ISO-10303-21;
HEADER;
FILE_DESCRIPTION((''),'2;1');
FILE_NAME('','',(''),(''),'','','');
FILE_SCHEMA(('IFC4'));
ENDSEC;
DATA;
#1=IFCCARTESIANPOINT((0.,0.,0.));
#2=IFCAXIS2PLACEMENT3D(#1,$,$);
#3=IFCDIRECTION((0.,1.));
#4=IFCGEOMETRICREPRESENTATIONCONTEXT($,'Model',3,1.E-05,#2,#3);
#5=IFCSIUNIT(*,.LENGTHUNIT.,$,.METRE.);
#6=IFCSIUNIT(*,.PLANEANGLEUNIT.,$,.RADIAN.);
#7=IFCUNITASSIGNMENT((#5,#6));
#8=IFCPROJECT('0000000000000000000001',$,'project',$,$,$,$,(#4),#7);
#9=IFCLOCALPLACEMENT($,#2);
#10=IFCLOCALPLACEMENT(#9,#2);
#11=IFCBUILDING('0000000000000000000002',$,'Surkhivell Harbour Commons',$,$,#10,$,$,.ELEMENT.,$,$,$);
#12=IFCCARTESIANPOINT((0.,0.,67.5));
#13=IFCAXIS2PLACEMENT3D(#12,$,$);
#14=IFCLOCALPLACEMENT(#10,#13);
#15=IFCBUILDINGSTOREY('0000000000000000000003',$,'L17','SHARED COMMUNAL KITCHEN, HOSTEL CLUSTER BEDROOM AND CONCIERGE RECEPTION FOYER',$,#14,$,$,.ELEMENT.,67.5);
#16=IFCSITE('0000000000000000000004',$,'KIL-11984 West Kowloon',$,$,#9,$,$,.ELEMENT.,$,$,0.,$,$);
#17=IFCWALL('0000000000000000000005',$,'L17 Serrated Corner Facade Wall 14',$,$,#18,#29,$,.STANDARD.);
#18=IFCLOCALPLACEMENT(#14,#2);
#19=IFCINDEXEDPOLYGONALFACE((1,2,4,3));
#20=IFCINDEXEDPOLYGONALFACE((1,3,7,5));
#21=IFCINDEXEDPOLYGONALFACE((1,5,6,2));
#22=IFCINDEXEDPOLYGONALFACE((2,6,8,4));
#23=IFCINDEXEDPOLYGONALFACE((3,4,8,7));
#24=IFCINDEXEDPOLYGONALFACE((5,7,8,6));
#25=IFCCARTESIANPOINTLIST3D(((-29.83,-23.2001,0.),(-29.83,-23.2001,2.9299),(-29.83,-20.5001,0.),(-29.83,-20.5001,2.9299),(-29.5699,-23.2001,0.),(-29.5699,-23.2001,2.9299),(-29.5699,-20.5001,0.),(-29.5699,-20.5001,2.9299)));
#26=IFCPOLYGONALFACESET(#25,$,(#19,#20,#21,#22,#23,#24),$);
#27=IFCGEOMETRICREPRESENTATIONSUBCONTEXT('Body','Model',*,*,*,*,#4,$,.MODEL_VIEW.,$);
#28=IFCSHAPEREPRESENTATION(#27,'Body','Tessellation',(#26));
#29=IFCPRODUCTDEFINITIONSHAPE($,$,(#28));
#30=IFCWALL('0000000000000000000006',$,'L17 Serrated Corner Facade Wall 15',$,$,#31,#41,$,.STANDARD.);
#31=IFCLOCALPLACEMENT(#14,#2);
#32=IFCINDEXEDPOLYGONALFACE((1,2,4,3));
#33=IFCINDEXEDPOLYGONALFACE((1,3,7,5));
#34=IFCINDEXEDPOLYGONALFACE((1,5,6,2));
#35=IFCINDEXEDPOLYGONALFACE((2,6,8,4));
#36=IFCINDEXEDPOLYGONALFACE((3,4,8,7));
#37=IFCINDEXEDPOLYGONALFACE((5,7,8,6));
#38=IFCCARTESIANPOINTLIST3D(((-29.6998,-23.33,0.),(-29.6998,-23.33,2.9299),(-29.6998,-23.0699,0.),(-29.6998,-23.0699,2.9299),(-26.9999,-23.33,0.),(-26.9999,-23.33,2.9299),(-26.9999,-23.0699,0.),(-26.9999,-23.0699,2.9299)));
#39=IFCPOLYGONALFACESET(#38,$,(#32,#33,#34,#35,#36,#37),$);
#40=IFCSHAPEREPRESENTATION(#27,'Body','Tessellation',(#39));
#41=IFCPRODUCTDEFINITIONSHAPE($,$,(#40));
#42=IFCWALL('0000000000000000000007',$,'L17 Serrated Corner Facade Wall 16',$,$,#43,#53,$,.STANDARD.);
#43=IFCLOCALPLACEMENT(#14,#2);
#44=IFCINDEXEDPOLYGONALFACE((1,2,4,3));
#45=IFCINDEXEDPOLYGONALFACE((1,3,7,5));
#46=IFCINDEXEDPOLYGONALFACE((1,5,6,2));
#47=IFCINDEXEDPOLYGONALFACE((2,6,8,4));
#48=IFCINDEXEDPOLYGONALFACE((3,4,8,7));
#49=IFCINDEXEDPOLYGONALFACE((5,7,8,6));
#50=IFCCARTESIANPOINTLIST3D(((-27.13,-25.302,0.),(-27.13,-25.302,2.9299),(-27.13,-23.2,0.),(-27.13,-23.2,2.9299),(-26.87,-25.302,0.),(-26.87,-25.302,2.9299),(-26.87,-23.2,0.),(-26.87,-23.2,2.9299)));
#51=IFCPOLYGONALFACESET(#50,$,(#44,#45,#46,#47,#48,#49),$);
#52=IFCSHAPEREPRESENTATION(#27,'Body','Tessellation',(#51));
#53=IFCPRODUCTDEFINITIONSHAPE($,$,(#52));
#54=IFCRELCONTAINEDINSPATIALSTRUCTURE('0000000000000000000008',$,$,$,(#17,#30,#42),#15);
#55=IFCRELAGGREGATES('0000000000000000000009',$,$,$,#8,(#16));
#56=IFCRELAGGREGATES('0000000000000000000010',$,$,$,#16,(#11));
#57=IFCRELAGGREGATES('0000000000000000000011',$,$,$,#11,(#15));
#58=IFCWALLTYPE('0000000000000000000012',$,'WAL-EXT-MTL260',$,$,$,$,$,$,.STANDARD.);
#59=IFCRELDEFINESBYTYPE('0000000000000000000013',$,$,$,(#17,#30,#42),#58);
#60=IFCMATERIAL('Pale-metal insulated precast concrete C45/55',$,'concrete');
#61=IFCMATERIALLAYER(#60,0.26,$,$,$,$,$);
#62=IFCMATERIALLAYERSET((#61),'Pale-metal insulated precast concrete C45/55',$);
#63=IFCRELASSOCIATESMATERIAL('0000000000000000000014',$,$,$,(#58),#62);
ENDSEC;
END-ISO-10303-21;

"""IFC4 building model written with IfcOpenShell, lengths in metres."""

from ifc_helpers import new_model, si_unit, direction, frame, frame_2d, origin, place, context, subcontext, project, spatial, rectangle, extrude, material, layer, layer_set, type_object, element, save


model = new_model("IFC4")

# Units and contexts
model_context = context("Model", 3, precision=1e-05, world=origin(), true_north=direction((0.0, 1.0)))
body_context = subcontext(model_context, "Body", "Model", "MODEL_VIEW")
ifc_project = project(units=[si_unit("LENGTHUNIT", "METRE"), si_unit("PLANEANGLEUNIT", "RADIAN")], contexts=[model_context])

# Site, building, storey
site_placement = place(None, origin())
site = spatial("IfcSite", under=ifc_project, at=site_placement, Name="KIL-11984 West Kowloon", CompositionType="ELEMENT", RefElevation=0.0)
building_placement = place(site_placement, origin())
building = spatial("IfcBuilding", under=site, at=building_placement, Name="Surkhivell Harbour Commons", CompositionType="ELEMENT")
storey_placement = place(building_placement, frame((0.0, 0.0, 67.5)))
storey = spatial("IfcBuildingStorey", under=building, at=storey_placement, Name="L17", Description="SHARED COMMUNAL KITCHEN, HOSTEL CLUSTER BEDROOM AND CONCIERGE RECEPTION FOYER", CompositionType="ELEMENT", Elevation=67.5)

# Walls
ifc_material_1 = material(Name="Pale-metal insulated precast concrete C45/55", Category="concrete")
ifc_layer_1 = layer(ifc_material_1, 0.26)
ifc_layer_set_1 = layer_set([ifc_layer_1], Name="Pale-metal insulated precast concrete C45/55")
wall_type = type_object("IfcWallType", Name="WAL-EXT-MTL260", PredefinedType="STANDARD", material=ifc_layer_set_1)
for number, where, z_axis, x_axis, name in (
    (1, (-29.7, -20.5, 0.0), (0.0, 0.0, 1.0), (0.0, -1.0, 0.0), "L17 Serrated Corner Facade Wall 14"),
    (2, (-29.7, -23.2, 0.0), (0.0, 0.0, 1.0), (1.0, 0.0, 0.0), "L17 Serrated Corner Facade Wall 15"),
):
    element("IfcWall", number, at=place(storey_placement, frame(where, z_axis=z_axis, x_axis=x_axis)), inside=storey, type_object=wall_type, Name=name, PredefinedType="STANDARD", context=body_context, shape_type="SweptSolid", body=[
        extrude(rectangle(XDim=2.7, YDim=0.26, at=frame_2d((1.3501, 0.0))), origin(), (0.0, 0.0, 1.0), 2.9299),
    ])
wall_1_placement = place(storey_placement, frame((-27.0, -23.2, 0.0), z_axis=(0.0, 0.0, 1.0), x_axis=(0.0, -1.0, 0.0)))
element("IfcWall", 3, at=wall_1_placement, inside=storey, type_object=wall_type, Name="L17 Serrated Corner Facade Wall 16", PredefinedType="STANDARD", context=body_context, shape_type="SweptSolid", body=[
    extrude(rectangle(XDim=2.1021, YDim=0.26, at=frame_2d((1.051, 0.0))), origin(), (0.0, 0.0, 1.0), 2.9299),
])

save(model, "model.ifc")
